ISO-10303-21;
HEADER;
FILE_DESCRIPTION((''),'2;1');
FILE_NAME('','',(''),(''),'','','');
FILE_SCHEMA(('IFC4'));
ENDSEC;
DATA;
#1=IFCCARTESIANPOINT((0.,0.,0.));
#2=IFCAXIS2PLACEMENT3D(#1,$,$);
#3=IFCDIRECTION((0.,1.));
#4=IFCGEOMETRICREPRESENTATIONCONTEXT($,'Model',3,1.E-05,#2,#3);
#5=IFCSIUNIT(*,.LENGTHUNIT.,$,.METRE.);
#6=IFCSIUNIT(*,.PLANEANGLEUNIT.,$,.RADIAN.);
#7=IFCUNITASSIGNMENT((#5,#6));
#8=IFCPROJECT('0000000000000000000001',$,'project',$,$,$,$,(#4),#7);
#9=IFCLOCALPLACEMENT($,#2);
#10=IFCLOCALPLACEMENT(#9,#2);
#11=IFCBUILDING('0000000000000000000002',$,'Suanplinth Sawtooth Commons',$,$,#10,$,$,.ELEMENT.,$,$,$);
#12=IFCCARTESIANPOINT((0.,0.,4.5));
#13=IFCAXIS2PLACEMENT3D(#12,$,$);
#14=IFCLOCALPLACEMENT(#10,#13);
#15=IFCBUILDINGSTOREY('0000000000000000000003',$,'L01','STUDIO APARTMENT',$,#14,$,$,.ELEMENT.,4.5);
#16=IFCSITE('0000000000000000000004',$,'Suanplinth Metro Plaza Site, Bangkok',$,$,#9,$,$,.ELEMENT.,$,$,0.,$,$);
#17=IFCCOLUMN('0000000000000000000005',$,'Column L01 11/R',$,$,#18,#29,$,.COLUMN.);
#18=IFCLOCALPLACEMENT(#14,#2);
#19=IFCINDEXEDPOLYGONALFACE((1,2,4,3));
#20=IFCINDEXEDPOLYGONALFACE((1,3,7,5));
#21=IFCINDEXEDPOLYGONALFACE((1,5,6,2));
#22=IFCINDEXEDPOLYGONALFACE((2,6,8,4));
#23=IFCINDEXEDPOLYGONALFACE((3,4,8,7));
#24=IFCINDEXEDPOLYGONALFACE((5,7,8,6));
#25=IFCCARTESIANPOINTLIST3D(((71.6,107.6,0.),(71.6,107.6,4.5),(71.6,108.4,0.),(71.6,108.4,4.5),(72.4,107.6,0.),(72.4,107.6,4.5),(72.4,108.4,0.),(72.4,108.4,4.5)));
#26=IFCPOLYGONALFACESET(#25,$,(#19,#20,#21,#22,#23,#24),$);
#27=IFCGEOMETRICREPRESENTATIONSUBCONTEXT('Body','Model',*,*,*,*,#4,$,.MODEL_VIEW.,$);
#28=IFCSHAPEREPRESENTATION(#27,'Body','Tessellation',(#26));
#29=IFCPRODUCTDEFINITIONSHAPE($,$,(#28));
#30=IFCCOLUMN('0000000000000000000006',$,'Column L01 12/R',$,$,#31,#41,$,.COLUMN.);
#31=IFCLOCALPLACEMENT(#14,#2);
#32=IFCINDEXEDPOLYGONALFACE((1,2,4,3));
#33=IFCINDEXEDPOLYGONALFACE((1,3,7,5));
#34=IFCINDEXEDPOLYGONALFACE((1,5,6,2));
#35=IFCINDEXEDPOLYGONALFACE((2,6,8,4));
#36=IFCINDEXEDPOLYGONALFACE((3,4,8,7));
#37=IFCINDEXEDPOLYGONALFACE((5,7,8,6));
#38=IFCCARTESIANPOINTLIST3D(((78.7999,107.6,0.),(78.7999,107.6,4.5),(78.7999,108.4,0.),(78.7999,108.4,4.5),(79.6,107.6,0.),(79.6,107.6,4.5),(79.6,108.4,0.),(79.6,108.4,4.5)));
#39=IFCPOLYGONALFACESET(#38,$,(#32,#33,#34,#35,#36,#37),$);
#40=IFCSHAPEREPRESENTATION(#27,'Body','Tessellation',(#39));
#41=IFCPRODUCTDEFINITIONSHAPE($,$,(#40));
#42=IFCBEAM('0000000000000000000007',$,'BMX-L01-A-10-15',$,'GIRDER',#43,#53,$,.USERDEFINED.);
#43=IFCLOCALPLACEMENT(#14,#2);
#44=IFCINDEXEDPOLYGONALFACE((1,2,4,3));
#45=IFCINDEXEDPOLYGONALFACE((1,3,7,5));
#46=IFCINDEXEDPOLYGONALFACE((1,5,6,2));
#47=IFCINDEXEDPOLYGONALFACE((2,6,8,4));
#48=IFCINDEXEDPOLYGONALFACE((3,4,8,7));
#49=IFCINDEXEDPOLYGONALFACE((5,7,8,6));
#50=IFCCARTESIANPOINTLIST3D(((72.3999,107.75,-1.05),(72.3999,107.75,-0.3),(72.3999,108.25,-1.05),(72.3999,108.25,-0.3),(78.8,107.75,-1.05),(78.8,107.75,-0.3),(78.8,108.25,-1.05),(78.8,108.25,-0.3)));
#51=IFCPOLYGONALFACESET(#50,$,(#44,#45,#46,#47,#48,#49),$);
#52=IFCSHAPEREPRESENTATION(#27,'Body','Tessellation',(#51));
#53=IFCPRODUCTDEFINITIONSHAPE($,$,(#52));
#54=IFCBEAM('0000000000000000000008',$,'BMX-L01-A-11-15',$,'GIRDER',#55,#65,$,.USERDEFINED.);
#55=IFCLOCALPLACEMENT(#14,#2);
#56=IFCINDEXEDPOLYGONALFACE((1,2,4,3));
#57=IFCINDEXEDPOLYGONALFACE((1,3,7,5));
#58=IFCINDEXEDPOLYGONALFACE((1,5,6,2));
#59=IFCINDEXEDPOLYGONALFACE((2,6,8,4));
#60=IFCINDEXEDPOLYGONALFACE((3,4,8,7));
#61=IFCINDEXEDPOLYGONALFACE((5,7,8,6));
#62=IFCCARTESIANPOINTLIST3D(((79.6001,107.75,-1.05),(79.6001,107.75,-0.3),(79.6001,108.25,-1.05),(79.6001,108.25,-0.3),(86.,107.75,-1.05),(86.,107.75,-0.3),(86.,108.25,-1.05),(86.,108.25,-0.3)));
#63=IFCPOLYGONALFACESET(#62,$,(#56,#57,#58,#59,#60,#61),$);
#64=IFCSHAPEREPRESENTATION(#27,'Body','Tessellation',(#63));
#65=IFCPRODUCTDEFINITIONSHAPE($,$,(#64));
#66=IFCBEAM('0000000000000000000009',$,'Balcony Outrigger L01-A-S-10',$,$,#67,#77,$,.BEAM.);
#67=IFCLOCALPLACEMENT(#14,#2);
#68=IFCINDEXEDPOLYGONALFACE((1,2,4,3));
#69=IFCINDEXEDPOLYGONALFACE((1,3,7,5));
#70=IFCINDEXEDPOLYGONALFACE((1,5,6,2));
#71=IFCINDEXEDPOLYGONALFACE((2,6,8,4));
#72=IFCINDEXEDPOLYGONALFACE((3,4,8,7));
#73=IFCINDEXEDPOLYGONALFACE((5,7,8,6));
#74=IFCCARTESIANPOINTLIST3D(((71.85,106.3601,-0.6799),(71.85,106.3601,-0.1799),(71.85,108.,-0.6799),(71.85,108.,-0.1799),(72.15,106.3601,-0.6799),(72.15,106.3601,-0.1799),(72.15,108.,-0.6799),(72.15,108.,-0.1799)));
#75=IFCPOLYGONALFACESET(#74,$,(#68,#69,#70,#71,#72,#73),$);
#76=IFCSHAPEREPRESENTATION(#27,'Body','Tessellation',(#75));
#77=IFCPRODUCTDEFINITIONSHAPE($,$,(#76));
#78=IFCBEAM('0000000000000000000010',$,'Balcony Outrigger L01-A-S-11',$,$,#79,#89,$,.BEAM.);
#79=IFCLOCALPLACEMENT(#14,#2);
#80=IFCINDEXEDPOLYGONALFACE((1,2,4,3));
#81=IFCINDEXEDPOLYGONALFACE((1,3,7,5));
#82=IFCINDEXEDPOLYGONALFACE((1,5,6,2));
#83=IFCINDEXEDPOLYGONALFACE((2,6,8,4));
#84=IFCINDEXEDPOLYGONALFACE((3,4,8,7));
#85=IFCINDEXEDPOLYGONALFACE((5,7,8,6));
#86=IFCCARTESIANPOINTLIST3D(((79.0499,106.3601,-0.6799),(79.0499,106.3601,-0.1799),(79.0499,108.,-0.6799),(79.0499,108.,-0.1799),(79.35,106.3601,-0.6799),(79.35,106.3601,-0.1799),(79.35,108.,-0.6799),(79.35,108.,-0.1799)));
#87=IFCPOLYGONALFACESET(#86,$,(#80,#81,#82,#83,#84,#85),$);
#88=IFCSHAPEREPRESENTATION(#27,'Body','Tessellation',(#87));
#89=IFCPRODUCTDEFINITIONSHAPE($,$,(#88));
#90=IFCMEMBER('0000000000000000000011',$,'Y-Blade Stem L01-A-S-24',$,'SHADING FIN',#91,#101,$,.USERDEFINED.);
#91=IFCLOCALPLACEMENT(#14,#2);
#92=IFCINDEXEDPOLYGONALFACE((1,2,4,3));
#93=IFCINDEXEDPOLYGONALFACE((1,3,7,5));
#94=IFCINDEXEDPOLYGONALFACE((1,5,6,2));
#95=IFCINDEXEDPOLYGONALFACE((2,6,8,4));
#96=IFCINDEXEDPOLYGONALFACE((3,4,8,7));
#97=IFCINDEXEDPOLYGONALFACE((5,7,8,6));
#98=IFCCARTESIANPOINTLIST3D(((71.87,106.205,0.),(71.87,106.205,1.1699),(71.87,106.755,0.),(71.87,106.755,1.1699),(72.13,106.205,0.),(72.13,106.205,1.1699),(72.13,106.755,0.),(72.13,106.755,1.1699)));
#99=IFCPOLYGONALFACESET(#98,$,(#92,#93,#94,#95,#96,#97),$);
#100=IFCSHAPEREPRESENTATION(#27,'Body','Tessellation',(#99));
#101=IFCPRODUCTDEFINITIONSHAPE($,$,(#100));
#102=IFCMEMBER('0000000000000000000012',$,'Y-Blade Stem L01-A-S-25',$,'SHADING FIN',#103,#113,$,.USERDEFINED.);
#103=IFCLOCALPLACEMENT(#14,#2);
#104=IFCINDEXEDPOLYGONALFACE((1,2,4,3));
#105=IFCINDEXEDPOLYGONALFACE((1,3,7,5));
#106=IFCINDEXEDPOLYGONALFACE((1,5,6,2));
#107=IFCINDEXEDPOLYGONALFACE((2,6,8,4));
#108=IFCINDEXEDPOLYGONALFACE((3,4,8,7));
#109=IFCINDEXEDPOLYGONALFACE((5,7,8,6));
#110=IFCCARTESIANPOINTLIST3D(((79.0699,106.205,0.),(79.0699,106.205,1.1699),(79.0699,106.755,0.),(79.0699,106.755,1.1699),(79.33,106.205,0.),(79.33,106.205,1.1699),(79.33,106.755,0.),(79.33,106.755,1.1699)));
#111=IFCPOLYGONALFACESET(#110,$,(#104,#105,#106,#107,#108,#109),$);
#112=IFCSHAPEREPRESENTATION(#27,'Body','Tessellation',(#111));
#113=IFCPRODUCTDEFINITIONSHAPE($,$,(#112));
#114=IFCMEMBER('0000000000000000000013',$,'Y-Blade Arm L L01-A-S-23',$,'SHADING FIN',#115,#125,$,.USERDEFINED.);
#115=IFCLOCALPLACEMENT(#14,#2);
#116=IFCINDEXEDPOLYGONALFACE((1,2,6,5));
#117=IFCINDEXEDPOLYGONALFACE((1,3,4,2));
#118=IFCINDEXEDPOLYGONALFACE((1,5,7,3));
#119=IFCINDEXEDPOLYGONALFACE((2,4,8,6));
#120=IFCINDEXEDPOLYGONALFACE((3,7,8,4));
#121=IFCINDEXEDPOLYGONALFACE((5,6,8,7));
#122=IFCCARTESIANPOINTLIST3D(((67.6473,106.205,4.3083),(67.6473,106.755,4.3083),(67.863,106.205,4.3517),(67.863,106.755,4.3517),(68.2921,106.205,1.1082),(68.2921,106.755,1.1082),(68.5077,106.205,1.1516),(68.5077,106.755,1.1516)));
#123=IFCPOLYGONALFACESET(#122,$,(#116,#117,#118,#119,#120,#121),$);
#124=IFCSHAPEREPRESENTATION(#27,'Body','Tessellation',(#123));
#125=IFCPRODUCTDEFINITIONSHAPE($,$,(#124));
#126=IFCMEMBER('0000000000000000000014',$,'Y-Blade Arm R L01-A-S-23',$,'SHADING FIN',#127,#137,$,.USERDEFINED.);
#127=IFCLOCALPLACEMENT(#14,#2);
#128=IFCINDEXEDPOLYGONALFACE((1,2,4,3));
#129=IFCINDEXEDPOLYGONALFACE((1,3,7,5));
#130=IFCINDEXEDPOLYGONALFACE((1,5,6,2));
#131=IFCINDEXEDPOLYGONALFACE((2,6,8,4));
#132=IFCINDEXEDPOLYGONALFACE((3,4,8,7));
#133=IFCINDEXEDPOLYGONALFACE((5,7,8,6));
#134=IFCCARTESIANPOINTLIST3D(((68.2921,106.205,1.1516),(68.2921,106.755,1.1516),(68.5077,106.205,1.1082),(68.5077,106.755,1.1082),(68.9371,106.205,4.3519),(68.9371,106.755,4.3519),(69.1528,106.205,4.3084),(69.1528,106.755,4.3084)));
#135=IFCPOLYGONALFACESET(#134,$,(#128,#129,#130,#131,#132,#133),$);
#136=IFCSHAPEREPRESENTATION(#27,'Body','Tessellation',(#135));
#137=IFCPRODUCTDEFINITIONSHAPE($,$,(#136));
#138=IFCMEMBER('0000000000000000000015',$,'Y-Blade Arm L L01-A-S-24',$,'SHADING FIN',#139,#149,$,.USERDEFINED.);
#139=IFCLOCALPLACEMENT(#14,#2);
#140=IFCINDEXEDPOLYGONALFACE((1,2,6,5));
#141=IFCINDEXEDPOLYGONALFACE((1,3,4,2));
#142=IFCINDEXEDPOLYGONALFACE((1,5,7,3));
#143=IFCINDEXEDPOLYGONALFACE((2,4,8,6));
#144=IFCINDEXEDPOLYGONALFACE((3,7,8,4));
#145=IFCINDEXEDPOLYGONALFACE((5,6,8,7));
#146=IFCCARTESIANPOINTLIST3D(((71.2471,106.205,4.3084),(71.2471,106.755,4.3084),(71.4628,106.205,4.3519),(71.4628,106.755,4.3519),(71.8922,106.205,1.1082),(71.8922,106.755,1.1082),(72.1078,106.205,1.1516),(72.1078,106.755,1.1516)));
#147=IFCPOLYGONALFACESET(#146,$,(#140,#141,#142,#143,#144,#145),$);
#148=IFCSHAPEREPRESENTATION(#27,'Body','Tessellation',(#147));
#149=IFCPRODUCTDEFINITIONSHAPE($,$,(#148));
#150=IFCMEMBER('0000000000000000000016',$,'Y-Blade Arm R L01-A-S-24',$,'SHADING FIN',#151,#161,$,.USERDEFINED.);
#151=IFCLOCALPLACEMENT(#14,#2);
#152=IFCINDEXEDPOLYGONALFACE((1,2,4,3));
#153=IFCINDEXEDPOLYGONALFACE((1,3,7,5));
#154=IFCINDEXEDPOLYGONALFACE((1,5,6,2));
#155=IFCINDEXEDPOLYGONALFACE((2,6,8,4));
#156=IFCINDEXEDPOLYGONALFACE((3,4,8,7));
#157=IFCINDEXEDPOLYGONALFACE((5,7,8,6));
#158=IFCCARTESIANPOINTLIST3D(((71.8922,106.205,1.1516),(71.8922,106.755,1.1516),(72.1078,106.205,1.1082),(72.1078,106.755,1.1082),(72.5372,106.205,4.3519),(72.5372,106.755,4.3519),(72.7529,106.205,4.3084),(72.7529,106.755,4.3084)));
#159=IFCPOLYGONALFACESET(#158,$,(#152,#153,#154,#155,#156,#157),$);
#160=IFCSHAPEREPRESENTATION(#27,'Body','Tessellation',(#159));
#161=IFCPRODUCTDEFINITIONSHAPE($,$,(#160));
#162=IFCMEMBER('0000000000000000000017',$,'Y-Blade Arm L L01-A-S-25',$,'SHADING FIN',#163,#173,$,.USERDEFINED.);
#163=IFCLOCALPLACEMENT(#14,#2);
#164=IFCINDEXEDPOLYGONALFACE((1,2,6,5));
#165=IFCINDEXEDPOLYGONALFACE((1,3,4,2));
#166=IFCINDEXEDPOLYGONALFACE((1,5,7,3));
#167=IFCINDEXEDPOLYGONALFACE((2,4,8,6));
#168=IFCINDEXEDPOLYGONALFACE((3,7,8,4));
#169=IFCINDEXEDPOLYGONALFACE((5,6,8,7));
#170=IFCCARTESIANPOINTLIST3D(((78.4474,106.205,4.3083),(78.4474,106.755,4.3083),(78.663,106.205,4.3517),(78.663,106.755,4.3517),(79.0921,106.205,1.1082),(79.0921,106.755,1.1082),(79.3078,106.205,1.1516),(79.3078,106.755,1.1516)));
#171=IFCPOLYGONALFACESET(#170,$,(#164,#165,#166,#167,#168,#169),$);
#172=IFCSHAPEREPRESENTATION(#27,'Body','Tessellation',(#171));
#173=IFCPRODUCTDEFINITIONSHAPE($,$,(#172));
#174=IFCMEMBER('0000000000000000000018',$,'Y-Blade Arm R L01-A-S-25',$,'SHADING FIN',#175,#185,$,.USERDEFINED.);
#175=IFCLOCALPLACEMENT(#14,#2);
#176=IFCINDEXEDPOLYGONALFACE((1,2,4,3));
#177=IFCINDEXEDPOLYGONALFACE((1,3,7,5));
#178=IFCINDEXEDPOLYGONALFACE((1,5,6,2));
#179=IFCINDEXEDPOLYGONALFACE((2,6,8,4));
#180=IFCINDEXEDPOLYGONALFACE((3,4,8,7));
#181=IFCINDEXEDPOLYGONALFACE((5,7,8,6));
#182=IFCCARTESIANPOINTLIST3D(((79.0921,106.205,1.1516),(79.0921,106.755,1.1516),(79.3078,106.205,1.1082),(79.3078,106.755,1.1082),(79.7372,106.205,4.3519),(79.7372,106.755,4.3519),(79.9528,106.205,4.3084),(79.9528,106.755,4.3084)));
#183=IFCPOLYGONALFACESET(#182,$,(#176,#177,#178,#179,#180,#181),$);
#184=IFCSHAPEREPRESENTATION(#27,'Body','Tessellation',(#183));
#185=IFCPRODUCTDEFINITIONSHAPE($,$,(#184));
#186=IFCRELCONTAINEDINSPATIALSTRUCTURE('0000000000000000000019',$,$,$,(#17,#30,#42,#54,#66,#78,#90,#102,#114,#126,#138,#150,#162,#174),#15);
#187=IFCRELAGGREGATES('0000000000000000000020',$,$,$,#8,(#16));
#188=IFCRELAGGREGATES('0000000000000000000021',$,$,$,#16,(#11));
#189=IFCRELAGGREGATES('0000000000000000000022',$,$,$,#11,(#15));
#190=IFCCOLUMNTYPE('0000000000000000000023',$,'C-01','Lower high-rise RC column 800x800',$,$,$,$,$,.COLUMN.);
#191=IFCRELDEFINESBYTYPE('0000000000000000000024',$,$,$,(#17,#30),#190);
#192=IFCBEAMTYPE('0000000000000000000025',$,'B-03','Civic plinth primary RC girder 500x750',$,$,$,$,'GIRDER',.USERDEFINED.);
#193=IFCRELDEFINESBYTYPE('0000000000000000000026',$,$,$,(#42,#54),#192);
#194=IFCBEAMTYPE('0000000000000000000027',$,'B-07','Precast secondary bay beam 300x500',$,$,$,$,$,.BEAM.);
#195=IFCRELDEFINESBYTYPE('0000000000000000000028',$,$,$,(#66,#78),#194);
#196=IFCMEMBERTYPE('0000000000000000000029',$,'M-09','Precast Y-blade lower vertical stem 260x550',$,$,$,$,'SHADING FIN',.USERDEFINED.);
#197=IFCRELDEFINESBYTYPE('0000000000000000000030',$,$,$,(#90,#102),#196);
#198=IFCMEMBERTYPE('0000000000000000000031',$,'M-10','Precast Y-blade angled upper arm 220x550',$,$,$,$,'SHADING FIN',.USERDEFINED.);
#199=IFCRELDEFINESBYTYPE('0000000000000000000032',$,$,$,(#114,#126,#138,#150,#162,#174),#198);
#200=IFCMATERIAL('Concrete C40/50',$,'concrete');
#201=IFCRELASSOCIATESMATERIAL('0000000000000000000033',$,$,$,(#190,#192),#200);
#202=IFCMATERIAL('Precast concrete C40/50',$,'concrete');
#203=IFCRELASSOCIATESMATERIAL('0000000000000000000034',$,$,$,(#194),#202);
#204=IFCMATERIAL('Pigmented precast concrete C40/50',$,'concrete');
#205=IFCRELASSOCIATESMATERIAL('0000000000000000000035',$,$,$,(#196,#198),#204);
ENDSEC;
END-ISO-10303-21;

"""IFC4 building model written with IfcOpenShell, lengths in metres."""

from ifc_helpers import new_model, si_unit, direction, frame, origin, origin_2d, place, context, subcontext, project, spatial, rectangle, extrude, material, material_profile, profile_set, type_object, element, save


model = new_model("IFC4")

# Units and contexts
model_context = context("Model", 3, precision=1e-05, world=origin(), true_north=direction((0.0, 1.0)))
body_context = subcontext(model_context, "Body", "Model", "MODEL_VIEW")
ifc_project = project(units=[si_unit("LENGTHUNIT", "METRE"), si_unit("PLANEANGLEUNIT", "RADIAN")], contexts=[model_context])

# Site, building, storey
site_placement = place(None, origin())
site = spatial("IfcSite", under=ifc_project, at=site_placement, Name="Suanplinth Metro Plaza Site, Bangkok", CompositionType="ELEMENT", RefElevation=0.0)
building_placement = place(site_placement, origin())
building = spatial("IfcBuilding", under=site, at=building_placement, Name="Suanplinth Sawtooth Commons", CompositionType="ELEMENT")
storey_placement = place(building_placement, frame((0.0, 0.0, 4.5)))
storey = spatial("IfcBuildingStorey", under=building, at=storey_placement, Name="L01", Description="STUDIO APARTMENT", CompositionType="ELEMENT", Elevation=4.5)

# Columns
ifc_material_1 = material(Name="Concrete C40/50", Category="concrete")
ifc_material_profile_1 = material_profile(ifc_material_1, rectangle(XDim=0.8, YDim=0.8, at=origin_2d()), Name="RC-COL 800x800")
ifc_profile_set_1 = profile_set([ifc_material_profile_1], Name="Concrete C40/50")
column_type = type_object("IfcColumnType", Name="C-01", Description="Lower high-rise RC column 800x800", PredefinedType="COLUMN", material=ifc_profile_set_1)
for number, where, z_axis, x_axis, name in (
    (1, (72.0, 108.0, 0.0), (0.0, 0.0, 1.0), (1.0, 0.0, 0.0), "Column L01 11/R"),
    (2, (79.2, 108.0, 0.0), (0.0, 0.0, 1.0), (1.0, 0.0, 0.0), "Column L01 12/R"),
):
    element("IfcColumn", number, at=place(storey_placement, frame(where, z_axis=z_axis, x_axis=x_axis)), inside=storey, type_object=column_type, Name=name, PredefinedType="COLUMN", context=body_context, shape_type="SweptSolid", body=[
        extrude(rectangle(XDim=0.8, YDim=0.8, at=origin_2d()), origin(), (0.0, 0.0, 1.0), 4.5),
    ])

# Beams
ifc_material_profile_2 = material_profile(ifc_material_1, rectangle(XDim=0.5, YDim=0.75, at=origin_2d()), Name="RC-GDR 500x750")
ifc_profile_set_2 = profile_set([ifc_material_profile_2], Name="Concrete C40/50")
beam_type_1 = type_object("IfcBeamType", Name="B-03", Description="Civic plinth primary RC girder 500x750", ElementType="GIRDER", PredefinedType="USERDEFINED", material=ifc_profile_set_2)
beam_1_placement = place(storey_placement, frame((72.3999, 108.0, -0.675), z_axis=(1.0, 0.0, 0.0), x_axis=(0.0, 1.0, 0.0)))
element("IfcBeam", 3, at=beam_1_placement, inside=storey, type_object=beam_type_1, Name="BMX-L01-A-10-15", ObjectType="GIRDER", PredefinedType="USERDEFINED", context=body_context, shape_type="SweptSolid", body=[
    extrude(rectangle(XDim=0.5, YDim=0.75, at=origin_2d()), origin(), (0.0, 0.0, 1.0), 6.4001),
])
beam_2_placement = place(storey_placement, frame((79.6001, 108.0, -0.675), z_axis=(1.0, 0.0, 0.0), x_axis=(0.0, 1.0, 0.0)))
element("IfcBeam", 4, at=beam_2_placement, inside=storey, type_object=beam_type_1, Name="BMX-L01-A-11-15", ObjectType="GIRDER", PredefinedType="USERDEFINED", context=body_context, shape_type="SweptSolid", body=[
    extrude(rectangle(XDim=0.5, YDim=0.75, at=origin_2d()), origin(), (0.0, 0.0, 1.0), 6.3999),
])
ifc_material_2 = material(Name="Precast concrete C40/50", Category="concrete")
ifc_material_profile_3 = material_profile(ifc_material_2, rectangle(XDim=0.3, YDim=0.5, at=origin_2d()), Name="PC-BM 300x500")
ifc_profile_set_3 = profile_set([ifc_material_profile_3], Name="Precast concrete C40/50")
beam_type_2 = type_object("IfcBeamType", Name="B-07", Description="Precast secondary bay beam 300x500", PredefinedType="BEAM", material=ifc_profile_set_3)
for number, where, z_axis, x_axis, name in (
    (5, (72.0, 108.0, -0.4299), (0.0, -1.0, 0.0), (1.0, 0.0, 0.0), "Balcony Outrigger L01-A-S-10"),
    (6, (79.2, 108.0, -0.4299), (0.0, -1.0, 0.0), (1.0, 0.0, 0.0), "Balcony Outrigger L01-A-S-11"),
):
    element("IfcBeam", number, at=place(storey_placement, frame(where, z_axis=z_axis, x_axis=x_axis)), inside=storey, type_object=beam_type_2, Name=name, PredefinedType="BEAM", context=body_context, shape_type="SweptSolid", body=[
        extrude(rectangle(XDim=0.3, YDim=0.5, at=origin_2d()), origin(), (0.0, 0.0, 1.0), 1.6399),
    ])

# Members
ifc_material_3 = material(Name="Pigmented precast concrete C40/50", Category="concrete")
ifc_material_profile_4 = material_profile(ifc_material_3, rectangle(XDim=0.26, YDim=0.55, at=origin_2d()), Name="PC-FIN 260x550")
ifc_profile_set_4 = profile_set([ifc_material_profile_4], Name="Pigmented precast concrete C40/50")
member_type_1 = type_object("IfcMemberType", Name="M-09", Description="Precast Y-blade lower vertical stem 260x550", ElementType="SHADING FIN", PredefinedType="USERDEFINED", material=ifc_profile_set_4)
for number, where, z_axis, x_axis, name in (
    (7, (72.0, 106.48, 0.0), (0.0, 0.0, 1.0), (1.0, 0.0, 0.0), "Y-Blade Stem L01-A-S-24"),
    (8, (79.2, 106.48, 0.0), (0.0, 0.0, 1.0), (1.0, 0.0, 0.0), "Y-Blade Stem L01-A-S-25"),
):
    element("IfcMember", number, at=place(storey_placement, frame(where, z_axis=z_axis, x_axis=x_axis)), inside=storey, type_object=member_type_1, Name=name, ObjectType="SHADING FIN", PredefinedType="USERDEFINED", context=body_context, shape_type="SweptSolid", body=[
        extrude(rectangle(XDim=0.26, YDim=0.55, at=origin_2d()), origin(), (0.0, 0.0, 1.0), 1.1699),
    ])
ifc_material_profile_5 = material_profile(ifc_material_3, rectangle(XDim=0.22, YDim=0.55, at=origin_2d()), Name="PC-FIN 220x550")
ifc_profile_set_5 = profile_set([ifc_material_profile_5], Name="Pigmented precast concrete C40/50")
member_type_2 = type_object("IfcMemberType", Name="M-10", Description="Precast Y-blade angled upper arm 220x550", ElementType="SHADING FIN", PredefinedType="USERDEFINED", material=ifc_profile_set_5)
member_1_placement = place(storey_placement, frame((68.3999, 106.48, 1.1299), z_axis=(-0.197511, 0.0, 0.980301), x_axis=(0.980301, 0.0, 0.197511)))
element("IfcMember", 9, at=member_1_placement, inside=storey, type_object=member_type_2, Name="Y-Blade Arm L L01-A-S-23", ObjectType="SHADING FIN", PredefinedType="USERDEFINED", context=body_context, shape_type="SweptSolid", body=[
    extrude(rectangle(XDim=0.22, YDim=0.55, at=origin_2d()), origin(), (0.0, 0.0, 1.0), 3.2644),
])
for number, where, z_axis, x_axis, name in (
    (10, (68.3999, 106.48, 1.1299), (0.197583, 0.0, 0.980286), (-0.980286, 0.0, 0.197583), "Y-Blade Arm R L01-A-S-23"),
    (11, (72.0, 106.48, 1.1299), (-0.197583, 0.0, 0.980286), (0.980286, 0.0, 0.197583), "Y-Blade Arm L L01-A-S-24"),
    (12, (72.0, 106.48, 1.1299), (0.197583, 0.0, 0.980286), (-0.980286, 0.0, 0.197583), "Y-Blade Arm R L01-A-S-24"),
):
    element("IfcMember", number, at=place(storey_placement, frame(where, z_axis=z_axis, x_axis=x_axis)), inside=storey, type_object=member_type_2, Name=name, ObjectType="SHADING FIN", PredefinedType="USERDEFINED", context=body_context, shape_type="SweptSolid", body=[
        extrude(rectangle(XDim=0.22, YDim=0.55, at=origin_2d()), origin(), (0.0, 0.0, 1.0), 3.2646),
    ])
member_2_placement = place(storey_placement, frame((79.2, 106.48, 1.1299), z_axis=(-0.197511, 0.0, 0.980301), x_axis=(0.980301, 0.0, 0.197511)))
element("IfcMember", 13, at=member_2_placement, inside=storey, type_object=member_type_2, Name="Y-Blade Arm L L01-A-S-25", ObjectType="SHADING FIN", PredefinedType="USERDEFINED", context=body_context, shape_type="SweptSolid", body=[
    extrude(rectangle(XDim=0.22, YDim=0.55, at=origin_2d()), origin(), (0.0, 0.0, 1.0), 3.2644),
])
member_3_placement = place(storey_placement, frame((79.2, 106.48, 1.1299), z_axis=(0.197583, 0.0, 0.980286), x_axis=(-0.980286, 0.0, 0.197583)))
element("IfcMember", 14, at=member_3_placement, inside=storey, type_object=member_type_2, Name="Y-Blade Arm R L01-A-S-25", ObjectType="SHADING FIN", PredefinedType="USERDEFINED", context=body_context, shape_type="SweptSolid", body=[
    extrude(rectangle(XDim=0.22, YDim=0.55, at=origin_2d()), origin(), (0.0, 0.0, 1.0), 3.2646),
])

save(model, "model.ifc")
